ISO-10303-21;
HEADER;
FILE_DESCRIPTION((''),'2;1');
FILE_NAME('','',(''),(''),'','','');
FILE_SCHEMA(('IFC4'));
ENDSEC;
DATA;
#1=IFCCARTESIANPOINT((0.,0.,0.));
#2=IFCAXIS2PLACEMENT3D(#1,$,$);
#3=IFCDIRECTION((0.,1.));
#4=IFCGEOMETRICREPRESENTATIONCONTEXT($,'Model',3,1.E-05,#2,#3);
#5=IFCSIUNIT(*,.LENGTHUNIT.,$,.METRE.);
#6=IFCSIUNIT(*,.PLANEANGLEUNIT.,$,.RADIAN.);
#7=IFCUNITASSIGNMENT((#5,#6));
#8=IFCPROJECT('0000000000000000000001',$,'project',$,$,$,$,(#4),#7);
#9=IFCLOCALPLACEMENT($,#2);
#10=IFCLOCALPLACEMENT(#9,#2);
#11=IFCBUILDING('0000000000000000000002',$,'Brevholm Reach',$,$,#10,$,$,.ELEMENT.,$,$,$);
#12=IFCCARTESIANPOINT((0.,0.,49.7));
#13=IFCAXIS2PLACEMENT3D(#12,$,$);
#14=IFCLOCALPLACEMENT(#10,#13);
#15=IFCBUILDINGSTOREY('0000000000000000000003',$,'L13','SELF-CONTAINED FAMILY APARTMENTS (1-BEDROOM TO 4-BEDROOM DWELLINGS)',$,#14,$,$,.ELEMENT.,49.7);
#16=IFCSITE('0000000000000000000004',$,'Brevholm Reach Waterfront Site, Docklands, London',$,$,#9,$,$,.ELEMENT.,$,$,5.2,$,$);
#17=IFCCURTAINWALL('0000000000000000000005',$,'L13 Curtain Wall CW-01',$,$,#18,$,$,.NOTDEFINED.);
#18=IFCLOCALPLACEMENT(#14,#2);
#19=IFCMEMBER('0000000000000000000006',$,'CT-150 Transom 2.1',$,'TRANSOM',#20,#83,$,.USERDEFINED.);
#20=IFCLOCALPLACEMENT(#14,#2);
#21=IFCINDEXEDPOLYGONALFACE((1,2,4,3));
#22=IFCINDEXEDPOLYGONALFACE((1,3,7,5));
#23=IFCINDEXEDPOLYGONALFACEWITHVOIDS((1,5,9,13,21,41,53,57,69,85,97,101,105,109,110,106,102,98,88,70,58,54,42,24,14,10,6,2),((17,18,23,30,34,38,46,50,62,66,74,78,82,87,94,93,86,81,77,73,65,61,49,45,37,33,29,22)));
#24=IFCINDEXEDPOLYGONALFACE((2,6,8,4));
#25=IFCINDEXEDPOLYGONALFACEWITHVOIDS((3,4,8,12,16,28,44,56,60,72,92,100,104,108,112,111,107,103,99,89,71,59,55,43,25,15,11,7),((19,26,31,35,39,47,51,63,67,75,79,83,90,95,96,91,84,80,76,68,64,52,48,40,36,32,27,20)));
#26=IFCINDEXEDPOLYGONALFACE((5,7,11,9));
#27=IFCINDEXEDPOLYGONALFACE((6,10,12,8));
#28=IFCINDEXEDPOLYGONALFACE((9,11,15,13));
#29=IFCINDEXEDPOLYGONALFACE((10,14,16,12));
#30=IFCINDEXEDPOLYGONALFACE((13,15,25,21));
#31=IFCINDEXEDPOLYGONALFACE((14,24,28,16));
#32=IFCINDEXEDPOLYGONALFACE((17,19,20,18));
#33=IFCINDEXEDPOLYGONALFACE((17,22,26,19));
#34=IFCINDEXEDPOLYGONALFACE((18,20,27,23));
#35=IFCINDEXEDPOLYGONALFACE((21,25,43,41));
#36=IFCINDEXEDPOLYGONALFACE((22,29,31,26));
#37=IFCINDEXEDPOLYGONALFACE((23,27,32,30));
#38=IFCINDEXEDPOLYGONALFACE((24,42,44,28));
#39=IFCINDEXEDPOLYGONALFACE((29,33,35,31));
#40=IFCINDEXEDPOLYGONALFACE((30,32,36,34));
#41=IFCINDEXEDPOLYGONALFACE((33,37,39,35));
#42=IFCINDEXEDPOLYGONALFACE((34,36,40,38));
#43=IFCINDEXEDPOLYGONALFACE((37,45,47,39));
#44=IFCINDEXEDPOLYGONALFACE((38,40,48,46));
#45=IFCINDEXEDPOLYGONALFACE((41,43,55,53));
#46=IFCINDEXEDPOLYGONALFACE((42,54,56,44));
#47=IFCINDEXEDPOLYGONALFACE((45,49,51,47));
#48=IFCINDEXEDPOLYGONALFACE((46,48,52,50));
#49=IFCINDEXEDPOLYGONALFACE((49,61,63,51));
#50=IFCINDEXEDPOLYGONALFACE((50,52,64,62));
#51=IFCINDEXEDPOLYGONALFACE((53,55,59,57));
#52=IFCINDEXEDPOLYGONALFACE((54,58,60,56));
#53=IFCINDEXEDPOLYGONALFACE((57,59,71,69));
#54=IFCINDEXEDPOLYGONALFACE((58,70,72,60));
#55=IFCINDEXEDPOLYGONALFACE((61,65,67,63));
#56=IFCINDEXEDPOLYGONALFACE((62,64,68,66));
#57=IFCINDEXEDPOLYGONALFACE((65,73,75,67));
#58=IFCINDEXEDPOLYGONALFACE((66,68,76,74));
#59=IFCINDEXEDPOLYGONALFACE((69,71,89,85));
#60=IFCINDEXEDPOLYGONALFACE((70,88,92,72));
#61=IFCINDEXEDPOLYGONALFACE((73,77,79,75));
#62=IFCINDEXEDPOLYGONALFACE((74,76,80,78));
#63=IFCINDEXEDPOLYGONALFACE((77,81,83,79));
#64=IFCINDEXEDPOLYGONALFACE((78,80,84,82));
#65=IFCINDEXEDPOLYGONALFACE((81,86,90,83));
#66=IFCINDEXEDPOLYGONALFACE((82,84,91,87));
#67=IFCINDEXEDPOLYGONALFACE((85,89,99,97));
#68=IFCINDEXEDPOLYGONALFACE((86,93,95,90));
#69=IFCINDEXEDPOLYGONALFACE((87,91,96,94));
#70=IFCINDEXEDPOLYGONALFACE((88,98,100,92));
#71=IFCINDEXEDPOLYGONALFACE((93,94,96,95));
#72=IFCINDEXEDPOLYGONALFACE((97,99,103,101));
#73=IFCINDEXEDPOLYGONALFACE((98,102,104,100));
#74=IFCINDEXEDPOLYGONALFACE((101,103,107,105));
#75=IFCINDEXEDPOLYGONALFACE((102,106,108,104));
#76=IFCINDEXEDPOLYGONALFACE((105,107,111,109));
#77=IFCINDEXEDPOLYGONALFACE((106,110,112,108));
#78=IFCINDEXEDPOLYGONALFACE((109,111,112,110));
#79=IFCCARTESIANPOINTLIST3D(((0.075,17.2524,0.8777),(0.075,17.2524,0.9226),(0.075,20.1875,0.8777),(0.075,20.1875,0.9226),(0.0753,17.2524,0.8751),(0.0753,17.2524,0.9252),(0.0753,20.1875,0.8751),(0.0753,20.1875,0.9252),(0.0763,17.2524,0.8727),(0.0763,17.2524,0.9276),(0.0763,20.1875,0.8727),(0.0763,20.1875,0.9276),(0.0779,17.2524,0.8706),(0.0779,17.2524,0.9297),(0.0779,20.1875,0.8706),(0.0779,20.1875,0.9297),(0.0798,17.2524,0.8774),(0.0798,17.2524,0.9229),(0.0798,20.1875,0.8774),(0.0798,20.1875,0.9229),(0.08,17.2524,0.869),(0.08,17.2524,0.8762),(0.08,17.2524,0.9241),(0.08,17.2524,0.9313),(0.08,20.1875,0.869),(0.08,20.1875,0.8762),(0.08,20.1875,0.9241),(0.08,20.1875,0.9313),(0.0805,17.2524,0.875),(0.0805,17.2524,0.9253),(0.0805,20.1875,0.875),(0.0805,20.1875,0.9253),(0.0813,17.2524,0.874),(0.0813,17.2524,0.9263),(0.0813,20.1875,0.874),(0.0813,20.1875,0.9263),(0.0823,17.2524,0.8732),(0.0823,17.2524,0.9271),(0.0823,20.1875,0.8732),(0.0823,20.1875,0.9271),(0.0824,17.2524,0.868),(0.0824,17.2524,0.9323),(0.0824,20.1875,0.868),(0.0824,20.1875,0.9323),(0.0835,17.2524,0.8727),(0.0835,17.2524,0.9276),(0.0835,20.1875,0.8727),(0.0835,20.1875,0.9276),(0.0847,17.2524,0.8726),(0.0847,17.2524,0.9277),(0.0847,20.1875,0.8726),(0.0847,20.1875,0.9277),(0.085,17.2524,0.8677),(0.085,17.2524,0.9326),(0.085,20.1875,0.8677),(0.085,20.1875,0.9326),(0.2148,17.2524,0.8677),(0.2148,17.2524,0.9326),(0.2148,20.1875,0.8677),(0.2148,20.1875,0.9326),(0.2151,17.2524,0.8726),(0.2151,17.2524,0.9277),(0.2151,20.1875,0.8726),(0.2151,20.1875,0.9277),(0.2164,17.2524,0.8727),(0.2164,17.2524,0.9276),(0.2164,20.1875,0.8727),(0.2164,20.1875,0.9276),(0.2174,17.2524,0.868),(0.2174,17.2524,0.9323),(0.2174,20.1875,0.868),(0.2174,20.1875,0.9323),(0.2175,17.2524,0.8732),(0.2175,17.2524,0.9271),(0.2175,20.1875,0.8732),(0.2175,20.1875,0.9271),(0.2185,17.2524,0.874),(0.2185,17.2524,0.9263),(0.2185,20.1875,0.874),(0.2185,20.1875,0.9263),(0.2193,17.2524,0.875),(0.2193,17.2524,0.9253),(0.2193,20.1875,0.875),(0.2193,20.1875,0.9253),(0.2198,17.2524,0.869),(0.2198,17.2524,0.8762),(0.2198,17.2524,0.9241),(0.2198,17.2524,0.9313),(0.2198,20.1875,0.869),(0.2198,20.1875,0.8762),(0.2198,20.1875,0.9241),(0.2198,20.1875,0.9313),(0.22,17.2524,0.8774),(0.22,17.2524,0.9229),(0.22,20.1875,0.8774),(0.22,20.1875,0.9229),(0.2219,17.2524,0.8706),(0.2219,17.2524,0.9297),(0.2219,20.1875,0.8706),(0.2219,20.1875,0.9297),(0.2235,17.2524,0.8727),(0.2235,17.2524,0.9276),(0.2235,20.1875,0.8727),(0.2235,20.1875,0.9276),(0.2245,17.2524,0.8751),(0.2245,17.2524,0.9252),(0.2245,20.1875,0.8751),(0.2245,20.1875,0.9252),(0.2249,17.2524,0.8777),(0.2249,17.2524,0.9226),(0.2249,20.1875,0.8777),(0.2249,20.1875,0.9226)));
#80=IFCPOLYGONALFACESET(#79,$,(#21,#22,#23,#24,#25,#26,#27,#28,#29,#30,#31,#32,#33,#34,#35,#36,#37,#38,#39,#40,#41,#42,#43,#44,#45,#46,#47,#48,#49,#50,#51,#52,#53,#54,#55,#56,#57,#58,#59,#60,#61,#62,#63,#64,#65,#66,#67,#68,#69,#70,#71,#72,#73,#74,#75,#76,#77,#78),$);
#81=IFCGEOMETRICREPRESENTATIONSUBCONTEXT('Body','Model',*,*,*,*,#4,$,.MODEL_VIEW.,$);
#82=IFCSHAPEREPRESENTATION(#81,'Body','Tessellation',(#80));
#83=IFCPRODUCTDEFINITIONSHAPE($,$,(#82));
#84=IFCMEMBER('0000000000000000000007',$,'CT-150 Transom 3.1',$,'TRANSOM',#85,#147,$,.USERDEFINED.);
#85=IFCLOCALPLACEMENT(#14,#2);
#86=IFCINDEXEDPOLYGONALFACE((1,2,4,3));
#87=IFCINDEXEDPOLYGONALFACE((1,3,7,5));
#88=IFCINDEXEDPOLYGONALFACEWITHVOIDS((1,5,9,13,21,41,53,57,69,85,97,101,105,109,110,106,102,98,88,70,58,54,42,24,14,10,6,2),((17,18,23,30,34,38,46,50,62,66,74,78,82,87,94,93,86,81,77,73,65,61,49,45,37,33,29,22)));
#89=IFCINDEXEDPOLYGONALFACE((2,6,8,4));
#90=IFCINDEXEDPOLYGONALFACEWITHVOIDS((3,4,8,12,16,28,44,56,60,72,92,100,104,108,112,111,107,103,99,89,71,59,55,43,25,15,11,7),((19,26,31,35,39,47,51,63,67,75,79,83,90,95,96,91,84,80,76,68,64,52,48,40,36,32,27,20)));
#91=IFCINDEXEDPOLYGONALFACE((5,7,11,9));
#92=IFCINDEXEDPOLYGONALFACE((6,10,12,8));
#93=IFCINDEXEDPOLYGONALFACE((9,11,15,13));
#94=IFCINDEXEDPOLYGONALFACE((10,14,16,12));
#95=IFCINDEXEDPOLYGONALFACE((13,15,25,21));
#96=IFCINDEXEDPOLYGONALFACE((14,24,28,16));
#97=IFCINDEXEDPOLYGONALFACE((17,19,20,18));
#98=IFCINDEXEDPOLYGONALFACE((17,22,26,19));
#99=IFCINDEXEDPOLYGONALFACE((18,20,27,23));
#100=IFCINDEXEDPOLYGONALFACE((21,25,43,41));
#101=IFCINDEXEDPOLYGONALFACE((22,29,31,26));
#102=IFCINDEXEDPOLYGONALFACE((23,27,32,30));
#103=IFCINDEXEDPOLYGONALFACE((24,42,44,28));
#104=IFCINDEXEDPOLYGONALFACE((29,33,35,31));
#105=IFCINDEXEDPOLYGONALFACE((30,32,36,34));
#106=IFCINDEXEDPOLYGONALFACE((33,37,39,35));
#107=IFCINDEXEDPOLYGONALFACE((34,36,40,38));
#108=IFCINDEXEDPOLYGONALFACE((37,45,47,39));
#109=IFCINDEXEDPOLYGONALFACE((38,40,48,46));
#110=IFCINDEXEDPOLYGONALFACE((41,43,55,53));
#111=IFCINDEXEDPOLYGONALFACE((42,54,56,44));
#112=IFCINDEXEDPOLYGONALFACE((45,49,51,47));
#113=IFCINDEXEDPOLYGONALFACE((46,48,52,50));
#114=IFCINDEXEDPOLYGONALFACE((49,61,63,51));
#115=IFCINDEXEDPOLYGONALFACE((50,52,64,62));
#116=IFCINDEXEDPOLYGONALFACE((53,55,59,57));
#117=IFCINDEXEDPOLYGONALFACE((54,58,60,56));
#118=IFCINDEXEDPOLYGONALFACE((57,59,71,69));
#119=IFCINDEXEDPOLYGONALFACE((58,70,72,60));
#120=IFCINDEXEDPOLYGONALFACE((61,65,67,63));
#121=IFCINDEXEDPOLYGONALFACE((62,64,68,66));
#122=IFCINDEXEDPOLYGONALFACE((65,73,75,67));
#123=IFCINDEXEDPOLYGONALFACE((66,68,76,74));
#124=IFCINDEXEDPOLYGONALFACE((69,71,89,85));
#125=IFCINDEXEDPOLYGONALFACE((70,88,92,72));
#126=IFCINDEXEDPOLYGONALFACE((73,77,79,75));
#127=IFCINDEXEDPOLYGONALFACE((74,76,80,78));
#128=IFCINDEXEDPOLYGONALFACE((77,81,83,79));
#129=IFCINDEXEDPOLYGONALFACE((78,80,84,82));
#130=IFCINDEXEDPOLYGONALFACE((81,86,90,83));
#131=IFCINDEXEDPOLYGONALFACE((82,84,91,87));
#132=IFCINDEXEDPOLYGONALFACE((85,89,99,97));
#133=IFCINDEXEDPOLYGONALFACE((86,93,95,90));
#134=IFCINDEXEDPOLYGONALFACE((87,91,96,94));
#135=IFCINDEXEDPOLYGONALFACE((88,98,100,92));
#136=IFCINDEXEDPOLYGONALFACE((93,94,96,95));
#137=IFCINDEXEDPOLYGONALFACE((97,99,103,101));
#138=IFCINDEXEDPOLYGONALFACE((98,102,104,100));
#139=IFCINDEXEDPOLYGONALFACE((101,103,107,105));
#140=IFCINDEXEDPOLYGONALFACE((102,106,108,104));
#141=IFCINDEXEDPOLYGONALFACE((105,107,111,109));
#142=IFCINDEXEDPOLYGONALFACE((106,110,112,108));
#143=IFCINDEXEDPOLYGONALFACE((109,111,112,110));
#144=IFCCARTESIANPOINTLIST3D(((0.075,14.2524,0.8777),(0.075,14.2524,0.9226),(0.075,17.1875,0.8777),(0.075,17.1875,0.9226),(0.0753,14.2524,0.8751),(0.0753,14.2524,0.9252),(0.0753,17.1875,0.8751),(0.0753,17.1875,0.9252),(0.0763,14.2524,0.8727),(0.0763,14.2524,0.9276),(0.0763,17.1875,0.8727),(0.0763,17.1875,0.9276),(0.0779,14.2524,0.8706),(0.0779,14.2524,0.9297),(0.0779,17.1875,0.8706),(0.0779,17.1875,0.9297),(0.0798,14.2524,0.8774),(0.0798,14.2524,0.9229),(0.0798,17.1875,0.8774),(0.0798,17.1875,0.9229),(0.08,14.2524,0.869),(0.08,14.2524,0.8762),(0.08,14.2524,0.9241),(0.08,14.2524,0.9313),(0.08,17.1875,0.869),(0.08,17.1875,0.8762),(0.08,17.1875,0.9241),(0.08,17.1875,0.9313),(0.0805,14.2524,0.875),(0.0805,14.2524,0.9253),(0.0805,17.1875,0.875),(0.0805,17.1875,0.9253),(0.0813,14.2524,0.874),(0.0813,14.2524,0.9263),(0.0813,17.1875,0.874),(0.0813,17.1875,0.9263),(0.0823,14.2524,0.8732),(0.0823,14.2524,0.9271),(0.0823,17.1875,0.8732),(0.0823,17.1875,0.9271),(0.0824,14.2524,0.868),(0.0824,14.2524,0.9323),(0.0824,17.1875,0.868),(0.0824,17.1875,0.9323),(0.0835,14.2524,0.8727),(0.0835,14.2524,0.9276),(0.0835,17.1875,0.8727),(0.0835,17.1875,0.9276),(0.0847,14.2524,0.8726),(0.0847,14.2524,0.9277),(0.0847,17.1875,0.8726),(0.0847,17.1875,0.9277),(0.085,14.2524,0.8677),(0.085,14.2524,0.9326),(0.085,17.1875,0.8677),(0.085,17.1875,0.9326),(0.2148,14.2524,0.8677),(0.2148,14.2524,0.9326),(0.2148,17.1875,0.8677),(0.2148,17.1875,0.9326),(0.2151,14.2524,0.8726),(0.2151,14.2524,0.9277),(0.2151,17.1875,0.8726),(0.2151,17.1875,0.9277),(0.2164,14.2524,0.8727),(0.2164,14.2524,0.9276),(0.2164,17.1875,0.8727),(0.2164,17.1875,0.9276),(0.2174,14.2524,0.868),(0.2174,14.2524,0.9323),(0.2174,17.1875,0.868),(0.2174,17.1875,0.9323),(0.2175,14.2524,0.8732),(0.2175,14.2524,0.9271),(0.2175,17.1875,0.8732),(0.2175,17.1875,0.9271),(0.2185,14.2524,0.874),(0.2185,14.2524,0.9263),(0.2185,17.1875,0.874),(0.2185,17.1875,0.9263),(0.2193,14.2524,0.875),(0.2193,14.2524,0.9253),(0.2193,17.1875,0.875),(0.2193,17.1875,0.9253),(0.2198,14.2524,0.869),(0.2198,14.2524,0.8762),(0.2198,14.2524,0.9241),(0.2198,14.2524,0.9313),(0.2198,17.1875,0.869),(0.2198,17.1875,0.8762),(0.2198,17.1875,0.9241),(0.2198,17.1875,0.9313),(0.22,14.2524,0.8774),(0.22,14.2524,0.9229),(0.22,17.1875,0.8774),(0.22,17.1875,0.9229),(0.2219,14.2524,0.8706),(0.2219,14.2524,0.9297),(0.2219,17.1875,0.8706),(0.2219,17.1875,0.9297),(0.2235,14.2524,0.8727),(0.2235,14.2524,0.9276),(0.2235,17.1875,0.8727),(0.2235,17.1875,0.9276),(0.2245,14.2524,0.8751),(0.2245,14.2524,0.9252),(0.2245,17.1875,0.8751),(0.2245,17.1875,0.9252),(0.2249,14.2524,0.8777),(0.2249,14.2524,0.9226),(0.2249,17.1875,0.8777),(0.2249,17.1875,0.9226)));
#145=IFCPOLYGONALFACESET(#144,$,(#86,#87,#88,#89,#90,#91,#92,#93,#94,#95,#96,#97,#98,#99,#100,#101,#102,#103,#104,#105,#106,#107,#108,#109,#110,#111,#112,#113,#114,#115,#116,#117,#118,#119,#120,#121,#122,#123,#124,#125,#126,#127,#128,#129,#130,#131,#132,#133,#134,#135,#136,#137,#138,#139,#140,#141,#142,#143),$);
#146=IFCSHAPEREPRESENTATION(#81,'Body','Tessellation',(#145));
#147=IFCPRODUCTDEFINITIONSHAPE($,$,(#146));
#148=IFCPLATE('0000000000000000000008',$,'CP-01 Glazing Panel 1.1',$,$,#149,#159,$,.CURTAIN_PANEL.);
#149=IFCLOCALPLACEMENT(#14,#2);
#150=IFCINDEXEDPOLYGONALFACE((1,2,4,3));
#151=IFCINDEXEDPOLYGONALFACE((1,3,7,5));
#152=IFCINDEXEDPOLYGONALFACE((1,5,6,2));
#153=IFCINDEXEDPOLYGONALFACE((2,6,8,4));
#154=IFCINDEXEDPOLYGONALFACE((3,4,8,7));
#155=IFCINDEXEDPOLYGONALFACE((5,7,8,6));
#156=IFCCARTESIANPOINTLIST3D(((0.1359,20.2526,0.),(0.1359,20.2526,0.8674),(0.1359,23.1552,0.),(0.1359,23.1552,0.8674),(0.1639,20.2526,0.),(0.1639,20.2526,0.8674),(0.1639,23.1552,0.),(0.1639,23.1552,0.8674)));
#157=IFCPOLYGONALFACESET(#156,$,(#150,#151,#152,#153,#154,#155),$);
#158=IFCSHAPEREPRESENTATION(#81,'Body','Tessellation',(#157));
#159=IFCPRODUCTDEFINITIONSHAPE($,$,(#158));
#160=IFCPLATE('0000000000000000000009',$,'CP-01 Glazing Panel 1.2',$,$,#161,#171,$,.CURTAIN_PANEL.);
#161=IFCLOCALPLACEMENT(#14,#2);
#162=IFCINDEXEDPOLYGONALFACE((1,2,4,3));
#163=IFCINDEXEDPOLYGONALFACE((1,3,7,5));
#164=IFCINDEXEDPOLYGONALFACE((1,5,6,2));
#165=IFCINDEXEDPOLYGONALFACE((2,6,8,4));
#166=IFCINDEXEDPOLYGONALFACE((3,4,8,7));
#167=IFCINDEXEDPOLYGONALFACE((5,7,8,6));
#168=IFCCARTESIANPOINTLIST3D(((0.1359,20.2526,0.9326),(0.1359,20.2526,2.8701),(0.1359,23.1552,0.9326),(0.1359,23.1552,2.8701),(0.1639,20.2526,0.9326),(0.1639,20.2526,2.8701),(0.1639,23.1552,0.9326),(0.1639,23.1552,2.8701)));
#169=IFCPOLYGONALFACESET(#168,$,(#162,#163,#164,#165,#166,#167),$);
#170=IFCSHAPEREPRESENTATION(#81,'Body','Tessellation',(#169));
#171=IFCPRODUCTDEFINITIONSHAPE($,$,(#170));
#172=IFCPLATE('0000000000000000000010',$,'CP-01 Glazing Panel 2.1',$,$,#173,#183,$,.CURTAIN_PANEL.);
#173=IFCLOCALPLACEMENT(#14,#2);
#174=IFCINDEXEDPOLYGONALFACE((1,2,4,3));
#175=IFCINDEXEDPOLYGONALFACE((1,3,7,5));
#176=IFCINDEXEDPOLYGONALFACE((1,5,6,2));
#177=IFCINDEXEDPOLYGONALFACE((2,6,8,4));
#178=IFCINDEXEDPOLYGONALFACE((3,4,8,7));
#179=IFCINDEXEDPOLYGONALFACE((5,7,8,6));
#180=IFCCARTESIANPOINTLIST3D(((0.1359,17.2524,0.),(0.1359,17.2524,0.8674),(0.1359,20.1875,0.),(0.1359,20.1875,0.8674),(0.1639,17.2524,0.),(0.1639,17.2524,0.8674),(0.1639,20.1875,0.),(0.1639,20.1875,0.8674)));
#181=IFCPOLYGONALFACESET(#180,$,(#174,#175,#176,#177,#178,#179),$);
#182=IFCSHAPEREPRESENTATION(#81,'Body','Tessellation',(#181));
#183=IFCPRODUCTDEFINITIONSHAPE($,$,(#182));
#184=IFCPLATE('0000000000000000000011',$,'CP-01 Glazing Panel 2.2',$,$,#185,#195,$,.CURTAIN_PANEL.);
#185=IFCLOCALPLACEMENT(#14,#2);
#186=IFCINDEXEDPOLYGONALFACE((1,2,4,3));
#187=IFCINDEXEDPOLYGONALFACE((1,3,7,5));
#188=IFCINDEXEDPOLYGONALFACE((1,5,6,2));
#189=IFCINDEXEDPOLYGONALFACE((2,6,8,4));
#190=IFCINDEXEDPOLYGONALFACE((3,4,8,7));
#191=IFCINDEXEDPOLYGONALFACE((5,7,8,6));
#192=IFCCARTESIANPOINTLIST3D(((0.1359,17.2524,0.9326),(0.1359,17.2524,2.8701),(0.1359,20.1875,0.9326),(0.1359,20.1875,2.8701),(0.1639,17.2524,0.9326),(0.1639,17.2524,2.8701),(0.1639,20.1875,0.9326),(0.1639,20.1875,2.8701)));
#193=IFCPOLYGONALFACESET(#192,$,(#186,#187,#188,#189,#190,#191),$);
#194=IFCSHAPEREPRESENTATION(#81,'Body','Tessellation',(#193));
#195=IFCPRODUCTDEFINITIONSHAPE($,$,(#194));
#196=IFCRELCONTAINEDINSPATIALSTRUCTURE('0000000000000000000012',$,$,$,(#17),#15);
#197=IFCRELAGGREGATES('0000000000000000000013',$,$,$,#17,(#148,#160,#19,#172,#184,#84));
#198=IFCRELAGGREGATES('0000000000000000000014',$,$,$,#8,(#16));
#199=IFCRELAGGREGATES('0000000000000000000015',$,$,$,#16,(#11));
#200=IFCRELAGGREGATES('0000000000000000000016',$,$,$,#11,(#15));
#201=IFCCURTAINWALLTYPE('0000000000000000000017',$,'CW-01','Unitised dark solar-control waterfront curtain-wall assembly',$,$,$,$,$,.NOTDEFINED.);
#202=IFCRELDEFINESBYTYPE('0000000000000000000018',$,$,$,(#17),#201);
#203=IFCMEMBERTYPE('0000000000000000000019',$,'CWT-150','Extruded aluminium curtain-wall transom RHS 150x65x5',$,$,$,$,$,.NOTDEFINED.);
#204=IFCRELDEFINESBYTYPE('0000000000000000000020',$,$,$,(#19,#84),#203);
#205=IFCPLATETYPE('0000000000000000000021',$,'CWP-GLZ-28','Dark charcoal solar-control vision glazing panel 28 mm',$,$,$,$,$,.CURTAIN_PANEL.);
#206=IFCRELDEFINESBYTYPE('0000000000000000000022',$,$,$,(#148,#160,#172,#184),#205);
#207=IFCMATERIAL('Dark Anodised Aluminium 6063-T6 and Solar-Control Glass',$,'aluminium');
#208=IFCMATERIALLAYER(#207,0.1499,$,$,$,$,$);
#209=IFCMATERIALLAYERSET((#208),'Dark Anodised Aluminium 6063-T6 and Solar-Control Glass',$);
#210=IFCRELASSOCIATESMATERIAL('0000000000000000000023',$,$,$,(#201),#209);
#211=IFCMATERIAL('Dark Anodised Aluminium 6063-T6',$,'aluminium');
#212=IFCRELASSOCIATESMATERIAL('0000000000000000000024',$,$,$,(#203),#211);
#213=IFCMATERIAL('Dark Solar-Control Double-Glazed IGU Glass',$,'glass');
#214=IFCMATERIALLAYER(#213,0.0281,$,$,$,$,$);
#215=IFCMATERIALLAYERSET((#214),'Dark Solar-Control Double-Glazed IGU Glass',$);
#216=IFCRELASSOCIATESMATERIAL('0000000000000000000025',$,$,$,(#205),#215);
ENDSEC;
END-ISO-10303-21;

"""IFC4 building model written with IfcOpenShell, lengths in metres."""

from ifc_helpers import new_model, si_unit, direction, frame, origin, origin_2d, place, context, subcontext, project, spatial, rectangle, hollow_rectangle, extrude, material, layer, layer_set, material_profile, profile_set, type_object, element, aggregate, save


model = new_model("IFC4")

# Units and contexts
model_context = context("Model", 3, precision=1e-05, world=origin(), true_north=direction((0.0, 1.0)))
body_context = subcontext(model_context, "Body", "Model", "MODEL_VIEW")
ifc_project = project(units=[si_unit("LENGTHUNIT", "METRE"), si_unit("PLANEANGLEUNIT", "RADIAN")], contexts=[model_context])

# Site, building, storey
site_placement = place(None, origin())
site = spatial("IfcSite", under=ifc_project, at=site_placement, Name="Brevholm Reach Waterfront Site, Docklands, London", CompositionType="ELEMENT", RefElevation=5.2)
building_placement = place(site_placement, origin())
building = spatial("IfcBuilding", under=site, at=building_placement, Name="Brevholm Reach", CompositionType="ELEMENT")
storey_placement = place(building_placement, frame((0.0, 0.0, 49.7)))
storey = spatial("IfcBuildingStorey", under=building, at=storey_placement, Name="L13", Description="SELF-CONTAINED FAMILY APARTMENTS (1-BEDROOM TO 4-BEDROOM DWELLINGS)", CompositionType="ELEMENT", Elevation=49.7)

# Curtain wall, members, plates
ifc_material_1 = material(Name="Dark Anodised Aluminium 6063-T6 and Solar-Control Glass", Category="aluminium")
ifc_layer_1 = layer(ifc_material_1, 0.1499)
ifc_layer_set_1 = layer_set([ifc_layer_1], Name="Dark Anodised Aluminium 6063-T6 and Solar-Control Glass")
curtain_wall_type = type_object("IfcCurtainWallType", Name="CW-01", Description="Unitised dark solar-control waterfront curtain-wall assembly", PredefinedType="NOTDEFINED", material=ifc_layer_set_1)
curtain_wall_placement = place(storey_placement, origin())
curtain_wall = element("IfcCurtainWall", 1, at=curtain_wall_placement, inside=storey, type_object=curtain_wall_type, Name="L13 Curtain Wall CW-01", PredefinedType="NOTDEFINED")
ifc_material_2 = material(Name="Dark Anodised Aluminium 6063-T6", Category="aluminium")
ifc_material_profile_1 = material_profile(ifc_material_2, hollow_rectangle(XDim=0.0649, YDim=0.1499, WallThickness=0.0049, InnerFilletRadius=0.0049, OuterFilletRadius=0.01, at=origin_2d()), Name="RHS 150x65x5")
ifc_profile_set_1 = profile_set([ifc_material_profile_1], Name="Dark Anodised Aluminium 6063-T6")
member_type_1 = type_object("IfcMemberType", Name="CWT-150", Description="Extruded aluminium curtain-wall transom RHS 150x65x5", PredefinedType="NOTDEFINED", material=ifc_profile_set_1)
member_1_placement = place(storey_placement, frame((0.1499, 20.1875, 0.9001), z_axis=(0.0, -1.0, 0.0), x_axis=(0.0, 0.0, 1.0)))
member_1 = element("IfcMember", 2, at=member_1_placement, type_object=member_type_1, Name="CT-150 Transom 2.1", ObjectType="TRANSOM", PredefinedType="USERDEFINED", context=body_context, shape_type="SweptSolid", body=[
    extrude(hollow_rectangle(XDim=0.0649, YDim=0.1499, WallThickness=0.0049, InnerFilletRadius=0.0049, OuterFilletRadius=0.01, at=origin_2d()), origin(), (0.0, 0.0, 1.0), 2.9351),
])
member_2_placement = place(storey_placement, frame((0.1499, 17.1875, 0.9001), z_axis=(0.0, -1.0, 0.0), x_axis=(0.0, 0.0, 1.0)))
member_2 = element("IfcMember", 3, at=member_2_placement, type_object=member_type_1, Name="CT-150 Transom 3.1", ObjectType="TRANSOM", PredefinedType="USERDEFINED", context=body_context, shape_type="SweptSolid", body=[
    extrude(hollow_rectangle(XDim=0.0649, YDim=0.1499, WallThickness=0.0049, InnerFilletRadius=0.0049, OuterFilletRadius=0.01, at=origin_2d()), origin(), (0.0, 0.0, 1.0), 2.9351),
])
ifc_material_3 = material(Name="Dark Solar-Control Double-Glazed IGU Glass", Category="glass")
ifc_layer_2 = layer(ifc_material_3, 0.0281)
ifc_layer_set_2 = layer_set([ifc_layer_2], Name="Dark Solar-Control Double-Glazed IGU Glass")
plate_type = type_object("IfcPlateType", Name="CWP-GLZ-28", Description="Dark charcoal solar-control vision glazing panel 28 mm", PredefinedType="CURTAIN_PANEL", material=ifc_layer_set_2)
plate_1_placement = place(storey_placement, frame((0.1499, 21.7039, 0.0), z_axis=(0.0, 0.0, 1.0), x_axis=(0.0, -1.0, 0.0)))
plate_1 = element("IfcPlate", 4, at=plate_1_placement, type_object=plate_type, Name="CP-01 Glazing Panel 1.1", PredefinedType="CURTAIN_PANEL", context=body_context, shape_type="SweptSolid", body=[
    extrude(rectangle(XDim=2.9026, YDim=0.0281, at=origin_2d()), origin(), (0.0, 0.0, 1.0), 0.8674),
])
plate_2_placement = place(storey_placement, frame((0.1499, 21.7039, 0.9326), z_axis=(0.0, 0.0, 1.0), x_axis=(0.0, -1.0, 0.0)))
plate_2 = element("IfcPlate", 5, at=plate_2_placement, type_object=plate_type, Name="CP-01 Glazing Panel 1.2", PredefinedType="CURTAIN_PANEL", context=body_context, shape_type="SweptSolid", body=[
    extrude(rectangle(XDim=2.9026, YDim=0.0281, at=origin_2d()), origin(), (0.0, 0.0, 1.0), 1.9375),
])
plate_3_placement = place(storey_placement, frame((0.1499, 18.72, 0.0), z_axis=(0.0, 0.0, 1.0), x_axis=(0.0, -1.0, 0.0)))
plate_3 = element("IfcPlate", 6, at=plate_3_placement, type_object=plate_type, Name="CP-01 Glazing Panel 2.1", PredefinedType="CURTAIN_PANEL", context=body_context, shape_type="SweptSolid", body=[
    extrude(rectangle(XDim=2.9351, YDim=0.0281, at=origin_2d()), origin(), (0.0, 0.0, 1.0), 0.8674),
])
plate_4_placement = place(storey_placement, frame((0.1499, 18.72, 0.9326), z_axis=(0.0, 0.0, 1.0), x_axis=(0.0, -1.0, 0.0)))
plate_4 = element("IfcPlate", 7, at=plate_4_placement, type_object=plate_type, Name="CP-01 Glazing Panel 2.2", PredefinedType="CURTAIN_PANEL", context=body_context, shape_type="SweptSolid", body=[
    extrude(rectangle(XDim=2.9351, YDim=0.0281, at=origin_2d()), origin(), (0.0, 0.0, 1.0), 1.9375),
])
aggregate(curtain_wall, [plate_1, plate_2, member_1, plate_3, plate_4, member_2])

save(model, "model.ifc")
